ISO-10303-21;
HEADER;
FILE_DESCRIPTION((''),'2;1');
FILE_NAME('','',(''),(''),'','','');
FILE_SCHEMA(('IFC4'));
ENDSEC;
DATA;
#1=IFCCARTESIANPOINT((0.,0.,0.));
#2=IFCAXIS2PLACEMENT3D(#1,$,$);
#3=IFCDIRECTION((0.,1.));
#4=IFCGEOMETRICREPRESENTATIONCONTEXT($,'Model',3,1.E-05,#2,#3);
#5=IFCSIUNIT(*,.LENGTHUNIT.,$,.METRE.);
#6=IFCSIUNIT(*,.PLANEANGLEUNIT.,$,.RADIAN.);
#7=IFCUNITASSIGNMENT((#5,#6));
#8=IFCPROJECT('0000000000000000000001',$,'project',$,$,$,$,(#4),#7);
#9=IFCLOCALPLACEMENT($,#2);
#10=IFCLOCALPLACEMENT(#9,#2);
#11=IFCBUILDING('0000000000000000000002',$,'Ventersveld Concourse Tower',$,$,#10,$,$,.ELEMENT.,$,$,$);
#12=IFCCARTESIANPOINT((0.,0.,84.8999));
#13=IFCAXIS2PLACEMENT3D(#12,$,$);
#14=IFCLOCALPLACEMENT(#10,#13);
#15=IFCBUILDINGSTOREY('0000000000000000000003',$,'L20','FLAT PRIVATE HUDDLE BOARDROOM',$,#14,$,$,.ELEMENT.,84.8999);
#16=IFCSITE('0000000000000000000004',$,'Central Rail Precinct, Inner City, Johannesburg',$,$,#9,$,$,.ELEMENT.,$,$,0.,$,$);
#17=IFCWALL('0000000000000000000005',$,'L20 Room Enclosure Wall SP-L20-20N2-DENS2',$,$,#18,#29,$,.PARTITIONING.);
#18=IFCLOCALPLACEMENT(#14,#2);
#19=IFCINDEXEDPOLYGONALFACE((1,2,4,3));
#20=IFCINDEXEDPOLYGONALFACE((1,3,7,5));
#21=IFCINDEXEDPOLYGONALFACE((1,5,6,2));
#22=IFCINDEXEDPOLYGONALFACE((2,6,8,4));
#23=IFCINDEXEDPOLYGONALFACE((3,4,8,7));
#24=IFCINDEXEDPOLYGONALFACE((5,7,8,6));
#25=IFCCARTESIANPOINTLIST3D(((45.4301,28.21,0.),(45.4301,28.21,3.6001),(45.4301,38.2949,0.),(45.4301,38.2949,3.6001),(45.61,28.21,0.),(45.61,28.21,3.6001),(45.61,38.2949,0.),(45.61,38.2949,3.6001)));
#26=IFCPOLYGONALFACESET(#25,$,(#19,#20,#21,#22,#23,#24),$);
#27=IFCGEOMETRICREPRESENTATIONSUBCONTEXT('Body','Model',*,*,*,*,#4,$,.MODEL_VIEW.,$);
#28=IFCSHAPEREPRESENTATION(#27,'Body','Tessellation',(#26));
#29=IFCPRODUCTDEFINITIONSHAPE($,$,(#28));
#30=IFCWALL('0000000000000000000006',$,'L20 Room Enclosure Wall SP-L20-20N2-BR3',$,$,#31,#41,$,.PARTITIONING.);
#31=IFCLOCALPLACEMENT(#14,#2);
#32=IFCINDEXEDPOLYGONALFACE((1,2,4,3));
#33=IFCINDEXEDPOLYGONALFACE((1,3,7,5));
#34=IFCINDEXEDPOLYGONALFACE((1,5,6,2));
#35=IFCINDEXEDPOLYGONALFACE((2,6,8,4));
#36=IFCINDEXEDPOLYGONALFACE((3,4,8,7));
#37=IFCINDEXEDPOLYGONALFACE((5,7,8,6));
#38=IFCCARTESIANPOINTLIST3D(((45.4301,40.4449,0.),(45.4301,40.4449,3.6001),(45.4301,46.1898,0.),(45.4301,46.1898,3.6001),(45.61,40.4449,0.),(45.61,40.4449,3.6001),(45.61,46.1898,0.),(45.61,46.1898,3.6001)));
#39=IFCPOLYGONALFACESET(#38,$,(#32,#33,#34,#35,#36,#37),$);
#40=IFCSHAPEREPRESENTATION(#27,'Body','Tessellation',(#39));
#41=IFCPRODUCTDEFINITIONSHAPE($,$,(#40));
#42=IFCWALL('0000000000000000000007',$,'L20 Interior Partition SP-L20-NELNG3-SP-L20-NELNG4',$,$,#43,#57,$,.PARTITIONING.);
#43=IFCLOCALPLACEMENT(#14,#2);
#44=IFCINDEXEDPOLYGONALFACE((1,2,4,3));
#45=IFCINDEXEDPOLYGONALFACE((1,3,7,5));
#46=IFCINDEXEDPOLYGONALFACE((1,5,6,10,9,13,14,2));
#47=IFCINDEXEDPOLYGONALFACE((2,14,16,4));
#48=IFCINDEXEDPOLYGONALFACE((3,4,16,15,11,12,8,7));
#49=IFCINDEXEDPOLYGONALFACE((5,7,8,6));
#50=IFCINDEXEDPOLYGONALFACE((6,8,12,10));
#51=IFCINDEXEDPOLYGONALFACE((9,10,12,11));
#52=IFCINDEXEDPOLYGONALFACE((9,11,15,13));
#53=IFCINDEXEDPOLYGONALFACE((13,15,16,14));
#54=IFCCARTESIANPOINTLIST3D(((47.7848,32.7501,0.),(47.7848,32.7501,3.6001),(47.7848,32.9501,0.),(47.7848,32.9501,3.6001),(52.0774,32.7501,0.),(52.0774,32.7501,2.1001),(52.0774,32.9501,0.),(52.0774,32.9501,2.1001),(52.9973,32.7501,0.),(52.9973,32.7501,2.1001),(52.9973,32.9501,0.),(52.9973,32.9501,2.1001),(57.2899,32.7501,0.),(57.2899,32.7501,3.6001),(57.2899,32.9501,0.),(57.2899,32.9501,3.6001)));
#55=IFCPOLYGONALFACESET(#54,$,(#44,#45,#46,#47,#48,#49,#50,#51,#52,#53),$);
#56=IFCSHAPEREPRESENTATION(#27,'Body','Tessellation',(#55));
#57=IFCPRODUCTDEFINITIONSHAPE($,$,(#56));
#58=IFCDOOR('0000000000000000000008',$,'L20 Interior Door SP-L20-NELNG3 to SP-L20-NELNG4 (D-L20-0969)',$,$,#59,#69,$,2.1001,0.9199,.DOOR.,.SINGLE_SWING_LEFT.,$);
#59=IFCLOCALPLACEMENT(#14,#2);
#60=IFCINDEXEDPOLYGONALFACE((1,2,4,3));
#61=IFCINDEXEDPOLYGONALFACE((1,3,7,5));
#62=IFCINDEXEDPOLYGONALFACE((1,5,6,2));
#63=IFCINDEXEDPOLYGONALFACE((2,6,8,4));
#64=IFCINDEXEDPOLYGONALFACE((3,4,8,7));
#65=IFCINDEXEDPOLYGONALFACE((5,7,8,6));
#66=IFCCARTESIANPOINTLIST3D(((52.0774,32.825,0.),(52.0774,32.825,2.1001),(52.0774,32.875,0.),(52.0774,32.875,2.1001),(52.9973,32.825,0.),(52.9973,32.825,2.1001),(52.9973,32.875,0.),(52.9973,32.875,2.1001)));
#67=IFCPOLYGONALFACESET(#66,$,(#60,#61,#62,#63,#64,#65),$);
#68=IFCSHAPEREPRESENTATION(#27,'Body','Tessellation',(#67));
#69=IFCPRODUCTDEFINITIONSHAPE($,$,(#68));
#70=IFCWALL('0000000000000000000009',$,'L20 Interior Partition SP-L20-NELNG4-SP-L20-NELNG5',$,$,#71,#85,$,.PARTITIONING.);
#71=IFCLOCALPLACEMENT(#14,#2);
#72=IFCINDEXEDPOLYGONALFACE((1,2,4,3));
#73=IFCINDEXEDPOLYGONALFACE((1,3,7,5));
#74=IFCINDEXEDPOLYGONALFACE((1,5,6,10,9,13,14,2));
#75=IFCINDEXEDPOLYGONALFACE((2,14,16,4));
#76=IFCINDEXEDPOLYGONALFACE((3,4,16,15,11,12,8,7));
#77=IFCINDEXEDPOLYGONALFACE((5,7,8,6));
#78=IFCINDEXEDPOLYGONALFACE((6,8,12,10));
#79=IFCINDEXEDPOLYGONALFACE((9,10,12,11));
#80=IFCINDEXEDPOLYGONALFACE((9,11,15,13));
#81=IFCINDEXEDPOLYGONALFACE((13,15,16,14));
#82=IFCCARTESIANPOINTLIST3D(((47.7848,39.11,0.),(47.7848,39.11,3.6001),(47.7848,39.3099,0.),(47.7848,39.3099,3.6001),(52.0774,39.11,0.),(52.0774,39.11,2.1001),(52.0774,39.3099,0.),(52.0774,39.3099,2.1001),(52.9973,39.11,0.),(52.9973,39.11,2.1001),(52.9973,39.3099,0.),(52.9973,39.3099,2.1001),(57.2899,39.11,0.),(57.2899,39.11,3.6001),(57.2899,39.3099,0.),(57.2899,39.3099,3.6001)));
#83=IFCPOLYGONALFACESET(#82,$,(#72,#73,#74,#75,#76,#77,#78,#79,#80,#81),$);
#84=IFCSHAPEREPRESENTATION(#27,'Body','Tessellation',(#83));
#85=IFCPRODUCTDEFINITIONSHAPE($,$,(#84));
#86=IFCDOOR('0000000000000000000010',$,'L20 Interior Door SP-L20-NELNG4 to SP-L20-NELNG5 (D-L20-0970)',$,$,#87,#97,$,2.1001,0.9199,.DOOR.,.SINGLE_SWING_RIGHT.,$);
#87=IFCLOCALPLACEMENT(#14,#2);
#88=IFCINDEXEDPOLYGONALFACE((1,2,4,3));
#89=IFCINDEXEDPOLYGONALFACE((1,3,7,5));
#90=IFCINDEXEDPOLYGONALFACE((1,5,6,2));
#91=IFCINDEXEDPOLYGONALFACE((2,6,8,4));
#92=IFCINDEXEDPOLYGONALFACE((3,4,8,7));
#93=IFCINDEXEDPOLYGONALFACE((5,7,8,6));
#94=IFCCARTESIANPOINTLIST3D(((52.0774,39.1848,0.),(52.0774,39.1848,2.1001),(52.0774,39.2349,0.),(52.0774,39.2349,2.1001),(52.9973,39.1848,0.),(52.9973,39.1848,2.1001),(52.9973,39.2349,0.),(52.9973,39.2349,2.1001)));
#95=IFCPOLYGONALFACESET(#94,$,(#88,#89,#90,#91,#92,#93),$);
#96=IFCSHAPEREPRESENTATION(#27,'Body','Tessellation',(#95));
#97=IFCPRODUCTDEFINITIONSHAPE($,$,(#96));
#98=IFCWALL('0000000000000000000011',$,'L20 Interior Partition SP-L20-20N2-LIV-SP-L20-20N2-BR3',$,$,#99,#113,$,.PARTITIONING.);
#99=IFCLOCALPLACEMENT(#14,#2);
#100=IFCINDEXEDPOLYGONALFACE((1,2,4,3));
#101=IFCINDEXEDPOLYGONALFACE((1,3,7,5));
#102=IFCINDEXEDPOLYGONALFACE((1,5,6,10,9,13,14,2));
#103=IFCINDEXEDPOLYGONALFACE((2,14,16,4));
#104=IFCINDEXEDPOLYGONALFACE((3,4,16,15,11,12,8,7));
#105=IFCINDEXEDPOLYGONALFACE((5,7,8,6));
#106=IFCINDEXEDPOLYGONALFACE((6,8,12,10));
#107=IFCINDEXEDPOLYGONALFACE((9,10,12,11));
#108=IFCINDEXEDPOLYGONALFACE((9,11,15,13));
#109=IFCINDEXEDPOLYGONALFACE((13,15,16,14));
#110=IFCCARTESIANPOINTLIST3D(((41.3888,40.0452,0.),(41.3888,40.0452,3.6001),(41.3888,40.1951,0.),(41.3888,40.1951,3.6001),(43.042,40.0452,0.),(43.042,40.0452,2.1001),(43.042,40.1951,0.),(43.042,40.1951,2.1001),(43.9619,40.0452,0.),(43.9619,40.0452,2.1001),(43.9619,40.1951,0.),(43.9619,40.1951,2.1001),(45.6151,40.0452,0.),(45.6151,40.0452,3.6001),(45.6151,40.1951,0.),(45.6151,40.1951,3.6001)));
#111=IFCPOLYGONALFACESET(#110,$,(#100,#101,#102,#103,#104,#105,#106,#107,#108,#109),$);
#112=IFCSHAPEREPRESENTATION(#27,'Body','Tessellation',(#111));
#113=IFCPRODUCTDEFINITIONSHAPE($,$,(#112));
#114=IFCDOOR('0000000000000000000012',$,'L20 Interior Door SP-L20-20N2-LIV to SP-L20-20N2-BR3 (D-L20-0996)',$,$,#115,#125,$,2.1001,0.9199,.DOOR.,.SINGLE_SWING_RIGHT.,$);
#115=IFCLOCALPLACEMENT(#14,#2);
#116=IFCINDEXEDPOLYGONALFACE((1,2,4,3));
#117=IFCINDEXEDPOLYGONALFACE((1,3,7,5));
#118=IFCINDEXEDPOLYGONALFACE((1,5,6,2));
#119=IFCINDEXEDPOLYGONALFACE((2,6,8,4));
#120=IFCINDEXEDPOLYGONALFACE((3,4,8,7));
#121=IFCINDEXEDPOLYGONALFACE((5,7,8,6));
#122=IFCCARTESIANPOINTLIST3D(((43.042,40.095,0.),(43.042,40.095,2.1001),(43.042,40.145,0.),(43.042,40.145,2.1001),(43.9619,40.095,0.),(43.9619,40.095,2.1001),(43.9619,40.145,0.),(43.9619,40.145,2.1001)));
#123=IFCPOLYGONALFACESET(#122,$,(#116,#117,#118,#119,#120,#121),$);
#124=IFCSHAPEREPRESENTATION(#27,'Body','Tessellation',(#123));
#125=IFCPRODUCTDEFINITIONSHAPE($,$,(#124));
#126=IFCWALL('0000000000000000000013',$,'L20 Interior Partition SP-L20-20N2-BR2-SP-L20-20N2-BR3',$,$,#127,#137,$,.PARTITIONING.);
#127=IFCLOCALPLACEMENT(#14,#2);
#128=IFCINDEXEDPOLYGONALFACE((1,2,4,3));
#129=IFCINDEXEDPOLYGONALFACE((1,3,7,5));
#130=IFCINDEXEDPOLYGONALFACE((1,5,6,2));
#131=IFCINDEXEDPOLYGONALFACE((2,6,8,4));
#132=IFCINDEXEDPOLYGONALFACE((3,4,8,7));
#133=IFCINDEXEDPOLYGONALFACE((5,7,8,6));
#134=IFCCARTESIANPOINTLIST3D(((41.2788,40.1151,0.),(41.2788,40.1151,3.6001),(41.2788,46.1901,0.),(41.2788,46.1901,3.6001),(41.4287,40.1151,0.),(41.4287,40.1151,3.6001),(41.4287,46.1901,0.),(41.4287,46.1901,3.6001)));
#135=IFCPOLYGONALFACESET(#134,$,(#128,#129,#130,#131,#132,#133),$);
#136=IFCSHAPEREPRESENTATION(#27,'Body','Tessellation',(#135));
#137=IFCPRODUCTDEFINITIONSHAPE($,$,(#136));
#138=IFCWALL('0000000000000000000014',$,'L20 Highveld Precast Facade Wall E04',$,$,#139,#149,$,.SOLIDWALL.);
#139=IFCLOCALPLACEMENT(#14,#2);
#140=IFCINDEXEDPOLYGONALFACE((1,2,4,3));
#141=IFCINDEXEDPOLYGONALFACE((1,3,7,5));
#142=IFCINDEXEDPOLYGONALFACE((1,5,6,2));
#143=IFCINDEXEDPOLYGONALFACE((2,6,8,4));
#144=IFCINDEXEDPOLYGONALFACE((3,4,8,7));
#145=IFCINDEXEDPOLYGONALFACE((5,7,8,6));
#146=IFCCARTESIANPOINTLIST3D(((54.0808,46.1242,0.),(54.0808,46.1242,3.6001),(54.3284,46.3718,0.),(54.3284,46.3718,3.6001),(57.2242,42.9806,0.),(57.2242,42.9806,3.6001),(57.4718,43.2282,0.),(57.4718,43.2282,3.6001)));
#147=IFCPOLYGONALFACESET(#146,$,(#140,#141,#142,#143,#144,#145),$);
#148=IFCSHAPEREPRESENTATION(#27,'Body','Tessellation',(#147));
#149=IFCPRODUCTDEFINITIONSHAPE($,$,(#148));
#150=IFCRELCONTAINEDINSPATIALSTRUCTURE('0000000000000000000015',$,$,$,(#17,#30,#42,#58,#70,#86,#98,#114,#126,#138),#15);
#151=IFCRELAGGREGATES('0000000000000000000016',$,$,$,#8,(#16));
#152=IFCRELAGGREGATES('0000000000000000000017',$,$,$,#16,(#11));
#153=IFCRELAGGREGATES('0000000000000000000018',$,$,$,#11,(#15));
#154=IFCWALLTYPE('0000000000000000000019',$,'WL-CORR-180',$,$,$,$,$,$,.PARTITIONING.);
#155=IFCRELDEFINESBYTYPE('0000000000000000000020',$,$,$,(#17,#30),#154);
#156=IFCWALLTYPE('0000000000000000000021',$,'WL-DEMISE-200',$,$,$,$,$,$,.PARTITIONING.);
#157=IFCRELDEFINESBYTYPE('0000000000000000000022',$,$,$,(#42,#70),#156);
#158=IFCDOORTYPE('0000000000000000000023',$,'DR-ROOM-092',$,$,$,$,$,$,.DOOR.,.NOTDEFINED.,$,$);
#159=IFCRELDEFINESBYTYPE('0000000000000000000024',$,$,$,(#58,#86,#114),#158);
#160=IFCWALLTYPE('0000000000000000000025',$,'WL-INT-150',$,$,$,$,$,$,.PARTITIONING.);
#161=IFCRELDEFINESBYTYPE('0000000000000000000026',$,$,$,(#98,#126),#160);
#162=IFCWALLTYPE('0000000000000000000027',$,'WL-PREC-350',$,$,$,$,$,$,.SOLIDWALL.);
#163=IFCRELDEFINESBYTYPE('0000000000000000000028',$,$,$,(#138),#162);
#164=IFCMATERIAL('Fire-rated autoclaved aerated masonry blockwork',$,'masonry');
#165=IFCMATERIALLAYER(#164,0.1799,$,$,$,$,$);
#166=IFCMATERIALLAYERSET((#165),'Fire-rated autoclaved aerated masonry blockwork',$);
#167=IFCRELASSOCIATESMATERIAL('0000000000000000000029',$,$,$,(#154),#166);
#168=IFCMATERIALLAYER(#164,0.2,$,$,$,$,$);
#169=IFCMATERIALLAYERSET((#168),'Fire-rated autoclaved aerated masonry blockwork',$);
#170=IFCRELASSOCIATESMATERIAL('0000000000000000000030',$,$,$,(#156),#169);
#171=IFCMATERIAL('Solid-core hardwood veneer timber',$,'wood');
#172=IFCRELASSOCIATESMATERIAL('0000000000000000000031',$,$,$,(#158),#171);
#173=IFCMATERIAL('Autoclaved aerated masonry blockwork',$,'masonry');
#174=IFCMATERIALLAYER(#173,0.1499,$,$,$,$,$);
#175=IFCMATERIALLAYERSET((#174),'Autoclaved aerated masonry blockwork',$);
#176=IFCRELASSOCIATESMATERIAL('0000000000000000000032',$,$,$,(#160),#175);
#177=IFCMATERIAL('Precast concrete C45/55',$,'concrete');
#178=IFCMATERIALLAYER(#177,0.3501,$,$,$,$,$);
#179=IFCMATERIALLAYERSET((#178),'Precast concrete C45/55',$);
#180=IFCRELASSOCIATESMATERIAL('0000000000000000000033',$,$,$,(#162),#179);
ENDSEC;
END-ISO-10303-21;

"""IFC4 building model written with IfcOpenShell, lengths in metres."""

from ifc_helpers import new_model, si_unit, direction, frame, frame_2d, origin, place, context, subcontext, project, spatial, rectangle, extrude, material, layer, layer_set, type_object, element, fill, save


model = new_model("IFC4")

# Units and contexts
model_context = context("Model", 3, precision=1e-05, world=origin(), true_north=direction((0.0, 1.0)))
body_context = subcontext(model_context, "Body", "Model", "MODEL_VIEW")
ifc_project = project(units=[si_unit("LENGTHUNIT", "METRE"), si_unit("PLANEANGLEUNIT", "RADIAN")], contexts=[model_context])

# Site, building, storey
site_placement = place(None, origin())
site = spatial("IfcSite", under=ifc_project, at=site_placement, Name="Central Rail Precinct, Inner City, Johannesburg", CompositionType="ELEMENT", RefElevation=0.0)
building_placement = place(site_placement, origin())
building = spatial("IfcBuilding", under=site, at=building_placement, Name="Ventersveld Concourse Tower", CompositionType="ELEMENT")
storey_placement = place(building_placement, frame((0.0, 0.0, 84.8999)))
storey = spatial("IfcBuildingStorey", under=building, at=storey_placement, Name="L20", Description="FLAT PRIVATE HUDDLE BOARDROOM", CompositionType="ELEMENT", Elevation=84.8999)

# Walls
ifc_material_1 = material(Name="Fire-rated autoclaved aerated masonry blockwork", Category="masonry")
ifc_layer_1 = layer(ifc_material_1, 0.1799)
ifc_layer_set_1 = layer_set([ifc_layer_1], Name="Fire-rated autoclaved aerated masonry blockwork")
wall_type_1 = type_object("IfcWallType", Name="WL-CORR-180", PredefinedType="PARTITIONING", material=ifc_layer_set_1)
wall_1_placement = place(storey_placement, frame((45.52, 38.2949, 0.0), z_axis=(0.0, 0.0, 1.0), x_axis=(0.0, -1.0, 0.0)))
element("IfcWall", 1, at=wall_1_placement, inside=storey, type_object=wall_type_1, Name="L20 Room Enclosure Wall SP-L20-20N2-DENS2", PredefinedType="PARTITIONING", context=body_context, shape_type="SweptSolid", body=[
    extrude(rectangle(XDim=10.085, YDim=0.1799, at=frame_2d((5.0425, 0.0))), origin(), (0.0, 0.0, 1.0), 3.6001),
])
wall_2_placement = place(storey_placement, frame((45.52, 46.1899, 0.0), z_axis=(0.0, 0.0, 1.0), x_axis=(0.0, -1.0, 0.0)))
element("IfcWall", 2, at=wall_2_placement, inside=storey, type_object=wall_type_1, Name="L20 Room Enclosure Wall SP-L20-20N2-BR3", PredefinedType="PARTITIONING", context=body_context, shape_type="SweptSolid", body=[
    extrude(rectangle(XDim=5.7449, YDim=0.1799, at=frame_2d((2.8726, 0.0))), origin(), (0.0, 0.0, 1.0), 3.6001),
])

# Walls, openings, doors
ifc_layer_2 = layer(ifc_material_1, 0.2)
ifc_layer_set_2 = layer_set([ifc_layer_2], Name="Fire-rated autoclaved aerated masonry blockwork")
wall_type_2 = type_object("IfcWallType", Name="WL-DEMISE-200", PredefinedType="PARTITIONING", material=ifc_layer_set_2)
wall_3_placement = place(storey_placement, frame((47.7849, 32.8501, 0.0), z_axis=(0.0, 0.0, 1.0), x_axis=(1.0, 0.0, 0.0)))
wall_3 = element("IfcWall", 3, at=wall_3_placement, inside=storey, type_object=wall_type_2, Name="L20 Interior Partition SP-L20-NELNG3-SP-L20-NELNG4", PredefinedType="PARTITIONING", context=body_context, shape_type="SweptSolid", body=[
    extrude(rectangle(XDim=9.5051, YDim=0.2, at=frame_2d((4.7524, 0.0))), origin(), (0.0, 0.0, 1.0), 3.6001),
])
opening_1_placement = place(wall_3_placement, frame((4.2925, 0.0, 0.0)))
opening_1 = element("IfcOpeningElement", 4, at=opening_1_placement, cuts=wall_3, PredefinedType="OPENING", context=body_context, shape_type="SweptSolid", body=[
    extrude(rectangle(XDim=0.9199, YDim=2.1001, at=frame_2d((0.46, 1.05))), frame((0.0, 0.1099, 0.0), z_axis=(0.0, -1.0, 0.0), x_axis=(1.0, 0.0, 0.0)), (0.0, 0.0, 1.0), 0.22),
])
ifc_material_2 = material(Name="Solid-core hardwood veneer timber", Category="wood")
door_type = type_object("IfcDoorType", Name="DR-ROOM-092", OperationType="NOTDEFINED", PredefinedType="DOOR", material=ifc_material_2)
door_1_placement = place(opening_1_placement, origin())
door_1 = element("IfcDoor", 5, at=door_1_placement, inside=storey, type_object=door_type, Name="L20 Interior Door SP-L20-NELNG3 to SP-L20-NELNG4 (D-L20-0969)", OperationType="SINGLE_SWING_LEFT", OverallHeight=2.1001, OverallWidth=0.9199, PredefinedType="DOOR", context=body_context, shape_type="SweptSolid", body=[
    extrude(rectangle(XDim=0.9199, YDim=2.1001, at=frame_2d((0.46, 1.05))), frame((0.0, 0.0249, 0.0), z_axis=(0.0, -1.0, 0.0), x_axis=(1.0, 0.0, 0.0)), (0.0, 0.0, 1.0), 0.05),
])
fill(opening_1, door_1)
wall_4_placement = place(storey_placement, frame((47.7849, 39.21, 0.0), z_axis=(0.0, 0.0, 1.0), x_axis=(1.0, 0.0, 0.0)))
wall_4 = element("IfcWall", 6, at=wall_4_placement, inside=storey, type_object=wall_type_2, Name="L20 Interior Partition SP-L20-NELNG4-SP-L20-NELNG5", PredefinedType="PARTITIONING", context=body_context, shape_type="SweptSolid", body=[
    extrude(rectangle(XDim=9.5051, YDim=0.2, at=frame_2d((4.7524, 0.0))), origin(), (0.0, 0.0, 1.0), 3.6001),
])
opening_2_placement = place(wall_4_placement, frame((4.2925, 0.0, 0.0)))
opening_2 = element("IfcOpeningElement", 7, at=opening_2_placement, cuts=wall_4, PredefinedType="OPENING", context=body_context, shape_type="SweptSolid", body=[
    extrude(rectangle(XDim=0.9199, YDim=2.1001, at=frame_2d((0.46, 1.05))), frame((0.0, 0.1099, 0.0), z_axis=(0.0, -1.0, 0.0), x_axis=(1.0, 0.0, 0.0)), (0.0, 0.0, 1.0), 0.22),
])
door_2_placement = place(opening_2_placement, origin())
door_2 = element("IfcDoor", 8, at=door_2_placement, inside=storey, type_object=door_type, Name="L20 Interior Door SP-L20-NELNG4 to SP-L20-NELNG5 (D-L20-0970)", OperationType="SINGLE_SWING_RIGHT", OverallHeight=2.1001, OverallWidth=0.9199, PredefinedType="DOOR", context=body_context, shape_type="SweptSolid", body=[
    extrude(rectangle(XDim=0.9199, YDim=2.1001, at=frame_2d((0.46, 1.05))), frame((0.0, 0.0249, 0.0), z_axis=(0.0, -1.0, 0.0), x_axis=(1.0, 0.0, 0.0)), (0.0, 0.0, 1.0), 0.05),
])
fill(opening_2, door_2)
ifc_material_3 = material(Name="Autoclaved aerated masonry blockwork", Category="masonry")
ifc_layer_3 = layer(ifc_material_3, 0.1499)
ifc_layer_set_3 = layer_set([ifc_layer_3], Name="Autoclaved aerated masonry blockwork")
wall_type_3 = type_object("IfcWallType", Name="WL-INT-150", PredefinedType="PARTITIONING", material=ifc_layer_set_3)
wall_5_placement = place(storey_placement, frame((41.3887, 40.1201, 0.0), z_axis=(0.0, 0.0, 1.0), x_axis=(1.0, 0.0, 0.0)))
wall_5 = element("IfcWall", 9, at=wall_5_placement, inside=storey, type_object=wall_type_3, Name="L20 Interior Partition SP-L20-20N2-LIV-SP-L20-20N2-BR3", PredefinedType="PARTITIONING", context=body_context, shape_type="SweptSolid", body=[
    extrude(rectangle(XDim=4.2263, YDim=0.1499, at=frame_2d((2.1133, 0.0))), origin(), (0.0, 0.0, 1.0), 3.6001),
])
opening_3_placement = place(wall_5_placement, frame((1.6533, 0.0, 0.0)))
opening_3 = element("IfcOpeningElement", 10, at=opening_3_placement, cuts=wall_5, PredefinedType="OPENING", context=body_context, shape_type="SweptSolid", body=[
    extrude(rectangle(XDim=0.9199, YDim=2.1001, at=frame_2d((0.46, 1.05))), frame((0.0, 0.085, 0.0), z_axis=(0.0, -1.0, 0.0), x_axis=(1.0, 0.0, 0.0)), (0.0, 0.0, 1.0), 0.1699),
])
door_3_placement = place(opening_3_placement, origin())
door_3 = element("IfcDoor", 11, at=door_3_placement, inside=storey, type_object=door_type, Name="L20 Interior Door SP-L20-20N2-LIV to SP-L20-20N2-BR3 (D-L20-0996)", OperationType="SINGLE_SWING_RIGHT", OverallHeight=2.1001, OverallWidth=0.9199, PredefinedType="DOOR", context=body_context, shape_type="SweptSolid", body=[
    extrude(rectangle(XDim=0.9199, YDim=2.1001, at=frame_2d((0.46, 1.05))), frame((0.0, 0.0249, 0.0), z_axis=(0.0, -1.0, 0.0), x_axis=(1.0, 0.0, 0.0)), (0.0, 0.0, 1.0), 0.05),
])
fill(opening_3, door_3)

# Walls
wall_6_placement = place(storey_placement, frame((41.3538, 40.115, 0.0), z_axis=(0.0, 0.0, 1.0), x_axis=(0.0, 1.0, 0.0)))
element("IfcWall", 12, at=wall_6_placement, inside=storey, type_object=wall_type_3, Name="L20 Interior Partition SP-L20-20N2-BR2-SP-L20-20N2-BR3", PredefinedType="PARTITIONING", context=body_context, shape_type="SweptSolid", body=[
    extrude(rectangle(XDim=6.075, YDim=0.1499, at=frame_2d((3.0376, 0.0))), origin(), (0.0, 0.0, 1.0), 3.6001),
])
ifc_material_4 = material(Name="Precast concrete C45/55", Category="concrete")
ifc_layer_4 = layer(ifc_material_4, 0.3501)
ifc_layer_set_4 = layer_set([ifc_layer_4], Name="Precast concrete C45/55")
wall_type_4 = type_object("IfcWallType", Name="WL-PREC-350", PredefinedType="SOLIDWALL", material=ifc_layer_set_4)
wall_7_placement = place(storey_placement, frame((57.3479, 43.1045, 0.0), z_axis=(0.0, 0.0, 1.0), x_axis=(-0.707079, 0.707134, 0.0)))
element("IfcWall", 13, at=wall_7_placement, inside=storey, type_object=wall_type_4, Name="L20 Highveld Precast Facade Wall E04", PredefinedType="SOLIDWALL", context=body_context, shape_type="SweptSolid", body=[
    extrude(rectangle(XDim=4.4456, YDim=0.3501, at=frame_2d((2.2227, 0.0))), origin(), (0.0, 0.0, 1.0), 3.6001),
])

save(model, "model.ifc")
